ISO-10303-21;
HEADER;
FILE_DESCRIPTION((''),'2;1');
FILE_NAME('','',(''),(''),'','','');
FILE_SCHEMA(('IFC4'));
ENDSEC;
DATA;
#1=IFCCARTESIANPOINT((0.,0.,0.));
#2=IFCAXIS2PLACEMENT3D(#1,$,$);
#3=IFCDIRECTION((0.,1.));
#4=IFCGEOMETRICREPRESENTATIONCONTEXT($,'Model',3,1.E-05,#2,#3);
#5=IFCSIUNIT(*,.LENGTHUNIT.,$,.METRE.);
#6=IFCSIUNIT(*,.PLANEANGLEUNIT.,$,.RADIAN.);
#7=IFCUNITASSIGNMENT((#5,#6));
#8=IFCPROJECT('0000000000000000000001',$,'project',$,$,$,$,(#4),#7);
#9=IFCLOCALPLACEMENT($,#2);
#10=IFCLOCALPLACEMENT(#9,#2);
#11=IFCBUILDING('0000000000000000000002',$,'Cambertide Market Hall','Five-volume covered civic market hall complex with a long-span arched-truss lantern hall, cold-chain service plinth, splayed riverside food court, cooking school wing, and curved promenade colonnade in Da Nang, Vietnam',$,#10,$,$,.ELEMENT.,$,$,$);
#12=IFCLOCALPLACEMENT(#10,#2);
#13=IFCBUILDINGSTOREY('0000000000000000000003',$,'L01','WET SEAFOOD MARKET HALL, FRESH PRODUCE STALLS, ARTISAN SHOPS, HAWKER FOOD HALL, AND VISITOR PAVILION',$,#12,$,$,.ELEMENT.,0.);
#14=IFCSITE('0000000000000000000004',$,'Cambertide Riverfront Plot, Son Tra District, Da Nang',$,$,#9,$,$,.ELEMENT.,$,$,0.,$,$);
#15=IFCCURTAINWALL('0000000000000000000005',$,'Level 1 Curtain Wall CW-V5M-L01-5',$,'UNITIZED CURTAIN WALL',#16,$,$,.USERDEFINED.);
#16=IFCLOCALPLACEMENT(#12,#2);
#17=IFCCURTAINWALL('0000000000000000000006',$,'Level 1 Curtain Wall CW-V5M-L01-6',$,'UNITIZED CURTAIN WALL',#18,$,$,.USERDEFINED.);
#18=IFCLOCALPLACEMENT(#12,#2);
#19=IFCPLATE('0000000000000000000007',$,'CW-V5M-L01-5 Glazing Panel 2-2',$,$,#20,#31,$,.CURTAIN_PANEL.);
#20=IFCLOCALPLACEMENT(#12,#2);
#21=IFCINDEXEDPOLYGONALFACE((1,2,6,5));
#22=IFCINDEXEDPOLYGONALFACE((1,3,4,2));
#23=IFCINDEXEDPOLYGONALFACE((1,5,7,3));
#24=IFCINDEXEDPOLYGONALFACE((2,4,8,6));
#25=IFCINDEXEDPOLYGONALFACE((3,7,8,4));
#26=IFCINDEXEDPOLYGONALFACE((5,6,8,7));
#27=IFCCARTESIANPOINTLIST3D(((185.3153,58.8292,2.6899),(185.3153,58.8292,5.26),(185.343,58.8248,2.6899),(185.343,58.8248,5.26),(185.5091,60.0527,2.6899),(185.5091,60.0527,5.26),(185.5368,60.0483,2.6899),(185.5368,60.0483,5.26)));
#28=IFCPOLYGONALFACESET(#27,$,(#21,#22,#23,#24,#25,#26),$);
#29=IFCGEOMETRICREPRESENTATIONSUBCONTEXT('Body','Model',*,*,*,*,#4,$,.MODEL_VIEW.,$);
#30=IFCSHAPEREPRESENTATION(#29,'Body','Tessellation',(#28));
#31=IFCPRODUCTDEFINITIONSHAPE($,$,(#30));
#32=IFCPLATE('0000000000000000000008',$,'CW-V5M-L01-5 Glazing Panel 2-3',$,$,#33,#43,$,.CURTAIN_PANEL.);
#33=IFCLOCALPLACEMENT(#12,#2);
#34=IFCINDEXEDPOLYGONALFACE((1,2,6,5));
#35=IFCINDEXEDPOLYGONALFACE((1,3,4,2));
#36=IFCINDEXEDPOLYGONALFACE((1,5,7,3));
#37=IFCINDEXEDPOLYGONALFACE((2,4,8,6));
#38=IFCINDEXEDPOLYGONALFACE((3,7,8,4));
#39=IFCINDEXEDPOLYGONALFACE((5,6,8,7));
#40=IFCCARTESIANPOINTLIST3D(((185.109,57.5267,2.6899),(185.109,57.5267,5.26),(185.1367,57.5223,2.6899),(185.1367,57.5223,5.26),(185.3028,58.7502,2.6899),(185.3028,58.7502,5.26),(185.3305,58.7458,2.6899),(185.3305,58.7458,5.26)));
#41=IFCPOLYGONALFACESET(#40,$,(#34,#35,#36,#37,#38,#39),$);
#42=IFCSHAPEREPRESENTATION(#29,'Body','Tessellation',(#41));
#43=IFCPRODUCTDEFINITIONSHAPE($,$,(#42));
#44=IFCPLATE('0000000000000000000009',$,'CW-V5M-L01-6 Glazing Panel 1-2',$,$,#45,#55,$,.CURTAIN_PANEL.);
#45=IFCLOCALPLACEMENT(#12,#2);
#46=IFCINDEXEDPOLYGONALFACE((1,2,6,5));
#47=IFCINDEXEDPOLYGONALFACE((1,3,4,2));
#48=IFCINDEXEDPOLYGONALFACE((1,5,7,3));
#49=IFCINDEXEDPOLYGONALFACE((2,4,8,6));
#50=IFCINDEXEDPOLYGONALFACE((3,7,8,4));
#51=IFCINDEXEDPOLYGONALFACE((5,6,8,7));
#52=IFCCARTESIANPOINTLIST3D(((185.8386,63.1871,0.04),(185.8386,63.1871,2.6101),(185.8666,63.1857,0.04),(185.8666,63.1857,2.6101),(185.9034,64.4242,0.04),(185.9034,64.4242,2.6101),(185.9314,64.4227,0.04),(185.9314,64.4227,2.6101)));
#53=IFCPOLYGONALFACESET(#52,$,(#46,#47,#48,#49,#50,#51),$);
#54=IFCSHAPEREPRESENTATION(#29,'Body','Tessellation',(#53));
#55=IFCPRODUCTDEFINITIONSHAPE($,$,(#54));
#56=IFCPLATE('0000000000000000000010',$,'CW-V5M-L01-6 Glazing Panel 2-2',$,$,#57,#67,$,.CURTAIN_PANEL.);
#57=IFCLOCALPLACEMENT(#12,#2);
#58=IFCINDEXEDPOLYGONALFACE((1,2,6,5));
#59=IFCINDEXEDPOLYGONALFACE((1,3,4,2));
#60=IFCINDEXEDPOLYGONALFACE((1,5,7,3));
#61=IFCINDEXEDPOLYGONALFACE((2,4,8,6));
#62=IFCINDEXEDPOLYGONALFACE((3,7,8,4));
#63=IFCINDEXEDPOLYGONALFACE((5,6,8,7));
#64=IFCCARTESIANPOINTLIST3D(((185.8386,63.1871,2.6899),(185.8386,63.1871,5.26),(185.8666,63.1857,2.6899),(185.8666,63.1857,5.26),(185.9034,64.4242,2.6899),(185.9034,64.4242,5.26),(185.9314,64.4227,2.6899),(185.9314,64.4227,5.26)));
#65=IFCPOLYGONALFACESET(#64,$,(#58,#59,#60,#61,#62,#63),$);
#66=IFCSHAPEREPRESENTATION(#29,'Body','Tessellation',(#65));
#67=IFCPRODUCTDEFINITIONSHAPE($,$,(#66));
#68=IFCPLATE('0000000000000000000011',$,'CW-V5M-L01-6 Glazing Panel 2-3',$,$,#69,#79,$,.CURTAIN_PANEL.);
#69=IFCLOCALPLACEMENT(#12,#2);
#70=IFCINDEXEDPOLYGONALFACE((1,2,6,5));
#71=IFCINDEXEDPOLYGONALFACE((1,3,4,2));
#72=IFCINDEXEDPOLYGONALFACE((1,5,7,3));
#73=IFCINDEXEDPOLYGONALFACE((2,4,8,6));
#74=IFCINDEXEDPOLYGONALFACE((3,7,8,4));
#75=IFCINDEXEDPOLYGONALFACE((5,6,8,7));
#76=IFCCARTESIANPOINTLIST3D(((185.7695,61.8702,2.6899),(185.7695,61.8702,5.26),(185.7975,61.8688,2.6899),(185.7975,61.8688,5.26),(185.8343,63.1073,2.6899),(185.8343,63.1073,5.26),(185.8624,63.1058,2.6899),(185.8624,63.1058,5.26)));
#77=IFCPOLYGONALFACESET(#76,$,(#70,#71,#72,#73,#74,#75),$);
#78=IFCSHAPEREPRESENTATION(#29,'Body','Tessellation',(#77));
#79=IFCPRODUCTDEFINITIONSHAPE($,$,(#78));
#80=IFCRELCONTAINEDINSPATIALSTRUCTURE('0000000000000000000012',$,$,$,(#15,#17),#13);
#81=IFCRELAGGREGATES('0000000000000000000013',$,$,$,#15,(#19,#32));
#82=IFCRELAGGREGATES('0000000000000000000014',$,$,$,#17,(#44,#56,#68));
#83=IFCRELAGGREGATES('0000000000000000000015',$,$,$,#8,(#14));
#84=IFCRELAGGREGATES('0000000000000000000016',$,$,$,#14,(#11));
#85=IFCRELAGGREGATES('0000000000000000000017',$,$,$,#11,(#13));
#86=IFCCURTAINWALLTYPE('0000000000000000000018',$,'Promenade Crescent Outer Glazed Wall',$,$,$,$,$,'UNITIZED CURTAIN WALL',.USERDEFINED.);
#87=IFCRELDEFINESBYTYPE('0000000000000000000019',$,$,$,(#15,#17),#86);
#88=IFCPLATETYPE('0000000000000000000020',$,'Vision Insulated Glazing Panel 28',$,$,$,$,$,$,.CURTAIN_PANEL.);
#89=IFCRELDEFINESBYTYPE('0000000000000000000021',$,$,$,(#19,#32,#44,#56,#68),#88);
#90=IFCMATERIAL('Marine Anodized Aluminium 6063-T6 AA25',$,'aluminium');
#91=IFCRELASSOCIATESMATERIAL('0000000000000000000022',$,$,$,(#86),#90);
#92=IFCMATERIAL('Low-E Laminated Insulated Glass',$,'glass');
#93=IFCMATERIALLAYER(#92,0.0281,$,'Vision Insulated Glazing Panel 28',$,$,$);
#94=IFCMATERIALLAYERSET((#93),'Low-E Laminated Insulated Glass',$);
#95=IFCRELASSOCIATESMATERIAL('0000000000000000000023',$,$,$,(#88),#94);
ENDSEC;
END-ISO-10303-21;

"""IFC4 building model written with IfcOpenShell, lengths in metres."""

from ifc_helpers import new_model, si_unit, direction, frame, origin, origin_2d, place, context, subcontext, project, spatial, rectangle, extrude, material, layer, layer_set, type_object, element, aggregate, save


model = new_model("IFC4")

# Units and contexts
model_context = context("Model", 3, precision=1e-05, world=origin(), true_north=direction((0.0, 1.0)))
body_context = subcontext(model_context, "Body", "Model", "MODEL_VIEW")
ifc_project = project(units=[si_unit("LENGTHUNIT", "METRE"), si_unit("PLANEANGLEUNIT", "RADIAN")], contexts=[model_context])

# Site, building, storey
site_placement = place(None, origin())
site = spatial("IfcSite", under=ifc_project, at=site_placement, Name="Cambertide Riverfront Plot, Son Tra District, Da Nang", CompositionType="ELEMENT", RefElevation=0.0)
building_placement = place(site_placement, origin())
building = spatial("IfcBuilding", under=site, at=building_placement, Name="Cambertide Market Hall", Description="Five-volume covered civic market hall complex with a long-span arched-truss lantern hall, cold-chain service plinth, splayed riverside food court, cooking school wing, and curved promenade colonnade in Da Nang, Vietnam", CompositionType="ELEMENT")
storey_placement = place(building_placement, origin())
storey = spatial("IfcBuildingStorey", under=building, at=storey_placement, Name="L01", Description="WET SEAFOOD MARKET HALL, FRESH PRODUCE STALLS, ARTISAN SHOPS, HAWKER FOOD HALL, AND VISITOR PAVILION", CompositionType="ELEMENT", Elevation=0.0)

# Shared definitions
ifc_material_1 = material(Name="Marine Anodized Aluminium 6063-T6 AA25", Category="aluminium")
curtain_wall_type = type_object("IfcCurtainWallType", Name="Promenade Crescent Outer Glazed Wall", ElementType="UNITIZED CURTAIN WALL", PredefinedType="USERDEFINED", material=ifc_material_1)

# Curtain walls
curtain_wall_1_placement = place(storey_placement, origin())
curtain_wall_1 = element("IfcCurtainWall", 1, at=curtain_wall_1_placement, inside=storey, type_object=curtain_wall_type, Name="Level 1 Curtain Wall CW-V5M-L01-5", ObjectType="UNITIZED CURTAIN WALL", PredefinedType="USERDEFINED")
curtain_wall_2_placement = place(storey_placement, origin())
curtain_wall_2 = element("IfcCurtainWall", 2, at=curtain_wall_2_placement, inside=storey, type_object=curtain_wall_type, Name="Level 1 Curtain Wall CW-V5M-L01-6", ObjectType="UNITIZED CURTAIN WALL", PredefinedType="USERDEFINED")

# Plates
ifc_material_2 = material(Name="Low-E Laminated Insulated Glass", Category="glass")
ifc_layer_1 = layer(ifc_material_2, 0.0281, Name="Vision Insulated Glazing Panel 28")
ifc_layer_set_1 = layer_set([ifc_layer_1], Name="Low-E Laminated Insulated Glass")
plate_type_1 = type_object("IfcPlateType", Name="Vision Insulated Glazing Panel 28", PredefinedType="CURTAIN_PANEL", material=ifc_layer_set_1)
plate_1_placement = place(storey_placement, frame((185.426, 59.4387, 2.6899), z_axis=(0.0, 0.0, 1.0), x_axis=(-0.156435, -0.987688, 0.0)))
plate_1 = element("IfcPlate", 3, at=plate_1_placement, type_object=plate_type_1, Name="CW-V5M-L01-5 Glazing Panel 2-2", PredefinedType="CURTAIN_PANEL", context=body_context, shape_type="SweptSolid", body=[
    extrude(rectangle(XDim=1.2388, YDim=0.0281, at=origin_2d()), origin(), (0.0, 0.0, 1.0), 2.5701),
])
plate_2_placement = place(storey_placement, frame((185.2197, 58.1362, 2.6899), z_axis=(0.0, 0.0, 1.0), x_axis=(-0.156435, -0.987688, 0.0)))
plate_2 = element("IfcPlate", 4, at=plate_2_placement, type_object=plate_type_1, Name="CW-V5M-L01-5 Glazing Panel 2-3", PredefinedType="CURTAIN_PANEL", context=body_context, shape_type="SweptSolid", body=[
    extrude(rectangle(XDim=1.2388, YDim=0.0281, at=origin_2d()), origin(), (0.0, 0.0, 1.0), 2.5701),
])
aggregate(curtain_wall_1, [plate_1, plate_2])
plate_3_placement = place(storey_placement, frame((185.885, 63.8049, 0.04), z_axis=(0.0, 0.0, 1.0), x_axis=(-0.052336, -0.99863, 0.0)))
plate_3 = element("IfcPlate", 5, at=plate_3_placement, type_object=plate_type_1, Name="CW-V5M-L01-6 Glazing Panel 1-2", PredefinedType="CURTAIN_PANEL", context=body_context, shape_type="SweptSolid", body=[
    extrude(rectangle(XDim=1.2388, YDim=0.0281, at=origin_2d()), origin(), (0.0, 0.0, 1.0), 2.5701),
])
plate_4_placement = place(storey_placement, frame((185.885, 63.8049, 2.6899), z_axis=(0.0, 0.0, 1.0), x_axis=(-0.052336, -0.99863, 0.0)))
plate_4 = element("IfcPlate", 6, at=plate_4_placement, type_object=plate_type_1, Name="CW-V5M-L01-6 Glazing Panel 2-2", PredefinedType="CURTAIN_PANEL", context=body_context, shape_type="SweptSolid", body=[
    extrude(rectangle(XDim=1.2388, YDim=0.0281, at=origin_2d()), origin(), (0.0, 0.0, 1.0), 2.5701),
])
plate_5_placement = place(storey_placement, frame((185.8159, 62.488, 2.6899), z_axis=(0.0, 0.0, 1.0), x_axis=(-0.052336, -0.99863, 0.0)))
plate_5 = element("IfcPlate", 7, at=plate_5_placement, type_object=plate_type_1, Name="CW-V5M-L01-6 Glazing Panel 2-3", PredefinedType="CURTAIN_PANEL", context=body_context, shape_type="SweptSolid", body=[
    extrude(rectangle(XDim=1.2388, YDim=0.0281, at=origin_2d()), origin(), (0.0, 0.0, 1.0), 2.5701),
])
aggregate(curtain_wall_2, [plate_3, plate_4, plate_5])

save(model, "model.ifc")
